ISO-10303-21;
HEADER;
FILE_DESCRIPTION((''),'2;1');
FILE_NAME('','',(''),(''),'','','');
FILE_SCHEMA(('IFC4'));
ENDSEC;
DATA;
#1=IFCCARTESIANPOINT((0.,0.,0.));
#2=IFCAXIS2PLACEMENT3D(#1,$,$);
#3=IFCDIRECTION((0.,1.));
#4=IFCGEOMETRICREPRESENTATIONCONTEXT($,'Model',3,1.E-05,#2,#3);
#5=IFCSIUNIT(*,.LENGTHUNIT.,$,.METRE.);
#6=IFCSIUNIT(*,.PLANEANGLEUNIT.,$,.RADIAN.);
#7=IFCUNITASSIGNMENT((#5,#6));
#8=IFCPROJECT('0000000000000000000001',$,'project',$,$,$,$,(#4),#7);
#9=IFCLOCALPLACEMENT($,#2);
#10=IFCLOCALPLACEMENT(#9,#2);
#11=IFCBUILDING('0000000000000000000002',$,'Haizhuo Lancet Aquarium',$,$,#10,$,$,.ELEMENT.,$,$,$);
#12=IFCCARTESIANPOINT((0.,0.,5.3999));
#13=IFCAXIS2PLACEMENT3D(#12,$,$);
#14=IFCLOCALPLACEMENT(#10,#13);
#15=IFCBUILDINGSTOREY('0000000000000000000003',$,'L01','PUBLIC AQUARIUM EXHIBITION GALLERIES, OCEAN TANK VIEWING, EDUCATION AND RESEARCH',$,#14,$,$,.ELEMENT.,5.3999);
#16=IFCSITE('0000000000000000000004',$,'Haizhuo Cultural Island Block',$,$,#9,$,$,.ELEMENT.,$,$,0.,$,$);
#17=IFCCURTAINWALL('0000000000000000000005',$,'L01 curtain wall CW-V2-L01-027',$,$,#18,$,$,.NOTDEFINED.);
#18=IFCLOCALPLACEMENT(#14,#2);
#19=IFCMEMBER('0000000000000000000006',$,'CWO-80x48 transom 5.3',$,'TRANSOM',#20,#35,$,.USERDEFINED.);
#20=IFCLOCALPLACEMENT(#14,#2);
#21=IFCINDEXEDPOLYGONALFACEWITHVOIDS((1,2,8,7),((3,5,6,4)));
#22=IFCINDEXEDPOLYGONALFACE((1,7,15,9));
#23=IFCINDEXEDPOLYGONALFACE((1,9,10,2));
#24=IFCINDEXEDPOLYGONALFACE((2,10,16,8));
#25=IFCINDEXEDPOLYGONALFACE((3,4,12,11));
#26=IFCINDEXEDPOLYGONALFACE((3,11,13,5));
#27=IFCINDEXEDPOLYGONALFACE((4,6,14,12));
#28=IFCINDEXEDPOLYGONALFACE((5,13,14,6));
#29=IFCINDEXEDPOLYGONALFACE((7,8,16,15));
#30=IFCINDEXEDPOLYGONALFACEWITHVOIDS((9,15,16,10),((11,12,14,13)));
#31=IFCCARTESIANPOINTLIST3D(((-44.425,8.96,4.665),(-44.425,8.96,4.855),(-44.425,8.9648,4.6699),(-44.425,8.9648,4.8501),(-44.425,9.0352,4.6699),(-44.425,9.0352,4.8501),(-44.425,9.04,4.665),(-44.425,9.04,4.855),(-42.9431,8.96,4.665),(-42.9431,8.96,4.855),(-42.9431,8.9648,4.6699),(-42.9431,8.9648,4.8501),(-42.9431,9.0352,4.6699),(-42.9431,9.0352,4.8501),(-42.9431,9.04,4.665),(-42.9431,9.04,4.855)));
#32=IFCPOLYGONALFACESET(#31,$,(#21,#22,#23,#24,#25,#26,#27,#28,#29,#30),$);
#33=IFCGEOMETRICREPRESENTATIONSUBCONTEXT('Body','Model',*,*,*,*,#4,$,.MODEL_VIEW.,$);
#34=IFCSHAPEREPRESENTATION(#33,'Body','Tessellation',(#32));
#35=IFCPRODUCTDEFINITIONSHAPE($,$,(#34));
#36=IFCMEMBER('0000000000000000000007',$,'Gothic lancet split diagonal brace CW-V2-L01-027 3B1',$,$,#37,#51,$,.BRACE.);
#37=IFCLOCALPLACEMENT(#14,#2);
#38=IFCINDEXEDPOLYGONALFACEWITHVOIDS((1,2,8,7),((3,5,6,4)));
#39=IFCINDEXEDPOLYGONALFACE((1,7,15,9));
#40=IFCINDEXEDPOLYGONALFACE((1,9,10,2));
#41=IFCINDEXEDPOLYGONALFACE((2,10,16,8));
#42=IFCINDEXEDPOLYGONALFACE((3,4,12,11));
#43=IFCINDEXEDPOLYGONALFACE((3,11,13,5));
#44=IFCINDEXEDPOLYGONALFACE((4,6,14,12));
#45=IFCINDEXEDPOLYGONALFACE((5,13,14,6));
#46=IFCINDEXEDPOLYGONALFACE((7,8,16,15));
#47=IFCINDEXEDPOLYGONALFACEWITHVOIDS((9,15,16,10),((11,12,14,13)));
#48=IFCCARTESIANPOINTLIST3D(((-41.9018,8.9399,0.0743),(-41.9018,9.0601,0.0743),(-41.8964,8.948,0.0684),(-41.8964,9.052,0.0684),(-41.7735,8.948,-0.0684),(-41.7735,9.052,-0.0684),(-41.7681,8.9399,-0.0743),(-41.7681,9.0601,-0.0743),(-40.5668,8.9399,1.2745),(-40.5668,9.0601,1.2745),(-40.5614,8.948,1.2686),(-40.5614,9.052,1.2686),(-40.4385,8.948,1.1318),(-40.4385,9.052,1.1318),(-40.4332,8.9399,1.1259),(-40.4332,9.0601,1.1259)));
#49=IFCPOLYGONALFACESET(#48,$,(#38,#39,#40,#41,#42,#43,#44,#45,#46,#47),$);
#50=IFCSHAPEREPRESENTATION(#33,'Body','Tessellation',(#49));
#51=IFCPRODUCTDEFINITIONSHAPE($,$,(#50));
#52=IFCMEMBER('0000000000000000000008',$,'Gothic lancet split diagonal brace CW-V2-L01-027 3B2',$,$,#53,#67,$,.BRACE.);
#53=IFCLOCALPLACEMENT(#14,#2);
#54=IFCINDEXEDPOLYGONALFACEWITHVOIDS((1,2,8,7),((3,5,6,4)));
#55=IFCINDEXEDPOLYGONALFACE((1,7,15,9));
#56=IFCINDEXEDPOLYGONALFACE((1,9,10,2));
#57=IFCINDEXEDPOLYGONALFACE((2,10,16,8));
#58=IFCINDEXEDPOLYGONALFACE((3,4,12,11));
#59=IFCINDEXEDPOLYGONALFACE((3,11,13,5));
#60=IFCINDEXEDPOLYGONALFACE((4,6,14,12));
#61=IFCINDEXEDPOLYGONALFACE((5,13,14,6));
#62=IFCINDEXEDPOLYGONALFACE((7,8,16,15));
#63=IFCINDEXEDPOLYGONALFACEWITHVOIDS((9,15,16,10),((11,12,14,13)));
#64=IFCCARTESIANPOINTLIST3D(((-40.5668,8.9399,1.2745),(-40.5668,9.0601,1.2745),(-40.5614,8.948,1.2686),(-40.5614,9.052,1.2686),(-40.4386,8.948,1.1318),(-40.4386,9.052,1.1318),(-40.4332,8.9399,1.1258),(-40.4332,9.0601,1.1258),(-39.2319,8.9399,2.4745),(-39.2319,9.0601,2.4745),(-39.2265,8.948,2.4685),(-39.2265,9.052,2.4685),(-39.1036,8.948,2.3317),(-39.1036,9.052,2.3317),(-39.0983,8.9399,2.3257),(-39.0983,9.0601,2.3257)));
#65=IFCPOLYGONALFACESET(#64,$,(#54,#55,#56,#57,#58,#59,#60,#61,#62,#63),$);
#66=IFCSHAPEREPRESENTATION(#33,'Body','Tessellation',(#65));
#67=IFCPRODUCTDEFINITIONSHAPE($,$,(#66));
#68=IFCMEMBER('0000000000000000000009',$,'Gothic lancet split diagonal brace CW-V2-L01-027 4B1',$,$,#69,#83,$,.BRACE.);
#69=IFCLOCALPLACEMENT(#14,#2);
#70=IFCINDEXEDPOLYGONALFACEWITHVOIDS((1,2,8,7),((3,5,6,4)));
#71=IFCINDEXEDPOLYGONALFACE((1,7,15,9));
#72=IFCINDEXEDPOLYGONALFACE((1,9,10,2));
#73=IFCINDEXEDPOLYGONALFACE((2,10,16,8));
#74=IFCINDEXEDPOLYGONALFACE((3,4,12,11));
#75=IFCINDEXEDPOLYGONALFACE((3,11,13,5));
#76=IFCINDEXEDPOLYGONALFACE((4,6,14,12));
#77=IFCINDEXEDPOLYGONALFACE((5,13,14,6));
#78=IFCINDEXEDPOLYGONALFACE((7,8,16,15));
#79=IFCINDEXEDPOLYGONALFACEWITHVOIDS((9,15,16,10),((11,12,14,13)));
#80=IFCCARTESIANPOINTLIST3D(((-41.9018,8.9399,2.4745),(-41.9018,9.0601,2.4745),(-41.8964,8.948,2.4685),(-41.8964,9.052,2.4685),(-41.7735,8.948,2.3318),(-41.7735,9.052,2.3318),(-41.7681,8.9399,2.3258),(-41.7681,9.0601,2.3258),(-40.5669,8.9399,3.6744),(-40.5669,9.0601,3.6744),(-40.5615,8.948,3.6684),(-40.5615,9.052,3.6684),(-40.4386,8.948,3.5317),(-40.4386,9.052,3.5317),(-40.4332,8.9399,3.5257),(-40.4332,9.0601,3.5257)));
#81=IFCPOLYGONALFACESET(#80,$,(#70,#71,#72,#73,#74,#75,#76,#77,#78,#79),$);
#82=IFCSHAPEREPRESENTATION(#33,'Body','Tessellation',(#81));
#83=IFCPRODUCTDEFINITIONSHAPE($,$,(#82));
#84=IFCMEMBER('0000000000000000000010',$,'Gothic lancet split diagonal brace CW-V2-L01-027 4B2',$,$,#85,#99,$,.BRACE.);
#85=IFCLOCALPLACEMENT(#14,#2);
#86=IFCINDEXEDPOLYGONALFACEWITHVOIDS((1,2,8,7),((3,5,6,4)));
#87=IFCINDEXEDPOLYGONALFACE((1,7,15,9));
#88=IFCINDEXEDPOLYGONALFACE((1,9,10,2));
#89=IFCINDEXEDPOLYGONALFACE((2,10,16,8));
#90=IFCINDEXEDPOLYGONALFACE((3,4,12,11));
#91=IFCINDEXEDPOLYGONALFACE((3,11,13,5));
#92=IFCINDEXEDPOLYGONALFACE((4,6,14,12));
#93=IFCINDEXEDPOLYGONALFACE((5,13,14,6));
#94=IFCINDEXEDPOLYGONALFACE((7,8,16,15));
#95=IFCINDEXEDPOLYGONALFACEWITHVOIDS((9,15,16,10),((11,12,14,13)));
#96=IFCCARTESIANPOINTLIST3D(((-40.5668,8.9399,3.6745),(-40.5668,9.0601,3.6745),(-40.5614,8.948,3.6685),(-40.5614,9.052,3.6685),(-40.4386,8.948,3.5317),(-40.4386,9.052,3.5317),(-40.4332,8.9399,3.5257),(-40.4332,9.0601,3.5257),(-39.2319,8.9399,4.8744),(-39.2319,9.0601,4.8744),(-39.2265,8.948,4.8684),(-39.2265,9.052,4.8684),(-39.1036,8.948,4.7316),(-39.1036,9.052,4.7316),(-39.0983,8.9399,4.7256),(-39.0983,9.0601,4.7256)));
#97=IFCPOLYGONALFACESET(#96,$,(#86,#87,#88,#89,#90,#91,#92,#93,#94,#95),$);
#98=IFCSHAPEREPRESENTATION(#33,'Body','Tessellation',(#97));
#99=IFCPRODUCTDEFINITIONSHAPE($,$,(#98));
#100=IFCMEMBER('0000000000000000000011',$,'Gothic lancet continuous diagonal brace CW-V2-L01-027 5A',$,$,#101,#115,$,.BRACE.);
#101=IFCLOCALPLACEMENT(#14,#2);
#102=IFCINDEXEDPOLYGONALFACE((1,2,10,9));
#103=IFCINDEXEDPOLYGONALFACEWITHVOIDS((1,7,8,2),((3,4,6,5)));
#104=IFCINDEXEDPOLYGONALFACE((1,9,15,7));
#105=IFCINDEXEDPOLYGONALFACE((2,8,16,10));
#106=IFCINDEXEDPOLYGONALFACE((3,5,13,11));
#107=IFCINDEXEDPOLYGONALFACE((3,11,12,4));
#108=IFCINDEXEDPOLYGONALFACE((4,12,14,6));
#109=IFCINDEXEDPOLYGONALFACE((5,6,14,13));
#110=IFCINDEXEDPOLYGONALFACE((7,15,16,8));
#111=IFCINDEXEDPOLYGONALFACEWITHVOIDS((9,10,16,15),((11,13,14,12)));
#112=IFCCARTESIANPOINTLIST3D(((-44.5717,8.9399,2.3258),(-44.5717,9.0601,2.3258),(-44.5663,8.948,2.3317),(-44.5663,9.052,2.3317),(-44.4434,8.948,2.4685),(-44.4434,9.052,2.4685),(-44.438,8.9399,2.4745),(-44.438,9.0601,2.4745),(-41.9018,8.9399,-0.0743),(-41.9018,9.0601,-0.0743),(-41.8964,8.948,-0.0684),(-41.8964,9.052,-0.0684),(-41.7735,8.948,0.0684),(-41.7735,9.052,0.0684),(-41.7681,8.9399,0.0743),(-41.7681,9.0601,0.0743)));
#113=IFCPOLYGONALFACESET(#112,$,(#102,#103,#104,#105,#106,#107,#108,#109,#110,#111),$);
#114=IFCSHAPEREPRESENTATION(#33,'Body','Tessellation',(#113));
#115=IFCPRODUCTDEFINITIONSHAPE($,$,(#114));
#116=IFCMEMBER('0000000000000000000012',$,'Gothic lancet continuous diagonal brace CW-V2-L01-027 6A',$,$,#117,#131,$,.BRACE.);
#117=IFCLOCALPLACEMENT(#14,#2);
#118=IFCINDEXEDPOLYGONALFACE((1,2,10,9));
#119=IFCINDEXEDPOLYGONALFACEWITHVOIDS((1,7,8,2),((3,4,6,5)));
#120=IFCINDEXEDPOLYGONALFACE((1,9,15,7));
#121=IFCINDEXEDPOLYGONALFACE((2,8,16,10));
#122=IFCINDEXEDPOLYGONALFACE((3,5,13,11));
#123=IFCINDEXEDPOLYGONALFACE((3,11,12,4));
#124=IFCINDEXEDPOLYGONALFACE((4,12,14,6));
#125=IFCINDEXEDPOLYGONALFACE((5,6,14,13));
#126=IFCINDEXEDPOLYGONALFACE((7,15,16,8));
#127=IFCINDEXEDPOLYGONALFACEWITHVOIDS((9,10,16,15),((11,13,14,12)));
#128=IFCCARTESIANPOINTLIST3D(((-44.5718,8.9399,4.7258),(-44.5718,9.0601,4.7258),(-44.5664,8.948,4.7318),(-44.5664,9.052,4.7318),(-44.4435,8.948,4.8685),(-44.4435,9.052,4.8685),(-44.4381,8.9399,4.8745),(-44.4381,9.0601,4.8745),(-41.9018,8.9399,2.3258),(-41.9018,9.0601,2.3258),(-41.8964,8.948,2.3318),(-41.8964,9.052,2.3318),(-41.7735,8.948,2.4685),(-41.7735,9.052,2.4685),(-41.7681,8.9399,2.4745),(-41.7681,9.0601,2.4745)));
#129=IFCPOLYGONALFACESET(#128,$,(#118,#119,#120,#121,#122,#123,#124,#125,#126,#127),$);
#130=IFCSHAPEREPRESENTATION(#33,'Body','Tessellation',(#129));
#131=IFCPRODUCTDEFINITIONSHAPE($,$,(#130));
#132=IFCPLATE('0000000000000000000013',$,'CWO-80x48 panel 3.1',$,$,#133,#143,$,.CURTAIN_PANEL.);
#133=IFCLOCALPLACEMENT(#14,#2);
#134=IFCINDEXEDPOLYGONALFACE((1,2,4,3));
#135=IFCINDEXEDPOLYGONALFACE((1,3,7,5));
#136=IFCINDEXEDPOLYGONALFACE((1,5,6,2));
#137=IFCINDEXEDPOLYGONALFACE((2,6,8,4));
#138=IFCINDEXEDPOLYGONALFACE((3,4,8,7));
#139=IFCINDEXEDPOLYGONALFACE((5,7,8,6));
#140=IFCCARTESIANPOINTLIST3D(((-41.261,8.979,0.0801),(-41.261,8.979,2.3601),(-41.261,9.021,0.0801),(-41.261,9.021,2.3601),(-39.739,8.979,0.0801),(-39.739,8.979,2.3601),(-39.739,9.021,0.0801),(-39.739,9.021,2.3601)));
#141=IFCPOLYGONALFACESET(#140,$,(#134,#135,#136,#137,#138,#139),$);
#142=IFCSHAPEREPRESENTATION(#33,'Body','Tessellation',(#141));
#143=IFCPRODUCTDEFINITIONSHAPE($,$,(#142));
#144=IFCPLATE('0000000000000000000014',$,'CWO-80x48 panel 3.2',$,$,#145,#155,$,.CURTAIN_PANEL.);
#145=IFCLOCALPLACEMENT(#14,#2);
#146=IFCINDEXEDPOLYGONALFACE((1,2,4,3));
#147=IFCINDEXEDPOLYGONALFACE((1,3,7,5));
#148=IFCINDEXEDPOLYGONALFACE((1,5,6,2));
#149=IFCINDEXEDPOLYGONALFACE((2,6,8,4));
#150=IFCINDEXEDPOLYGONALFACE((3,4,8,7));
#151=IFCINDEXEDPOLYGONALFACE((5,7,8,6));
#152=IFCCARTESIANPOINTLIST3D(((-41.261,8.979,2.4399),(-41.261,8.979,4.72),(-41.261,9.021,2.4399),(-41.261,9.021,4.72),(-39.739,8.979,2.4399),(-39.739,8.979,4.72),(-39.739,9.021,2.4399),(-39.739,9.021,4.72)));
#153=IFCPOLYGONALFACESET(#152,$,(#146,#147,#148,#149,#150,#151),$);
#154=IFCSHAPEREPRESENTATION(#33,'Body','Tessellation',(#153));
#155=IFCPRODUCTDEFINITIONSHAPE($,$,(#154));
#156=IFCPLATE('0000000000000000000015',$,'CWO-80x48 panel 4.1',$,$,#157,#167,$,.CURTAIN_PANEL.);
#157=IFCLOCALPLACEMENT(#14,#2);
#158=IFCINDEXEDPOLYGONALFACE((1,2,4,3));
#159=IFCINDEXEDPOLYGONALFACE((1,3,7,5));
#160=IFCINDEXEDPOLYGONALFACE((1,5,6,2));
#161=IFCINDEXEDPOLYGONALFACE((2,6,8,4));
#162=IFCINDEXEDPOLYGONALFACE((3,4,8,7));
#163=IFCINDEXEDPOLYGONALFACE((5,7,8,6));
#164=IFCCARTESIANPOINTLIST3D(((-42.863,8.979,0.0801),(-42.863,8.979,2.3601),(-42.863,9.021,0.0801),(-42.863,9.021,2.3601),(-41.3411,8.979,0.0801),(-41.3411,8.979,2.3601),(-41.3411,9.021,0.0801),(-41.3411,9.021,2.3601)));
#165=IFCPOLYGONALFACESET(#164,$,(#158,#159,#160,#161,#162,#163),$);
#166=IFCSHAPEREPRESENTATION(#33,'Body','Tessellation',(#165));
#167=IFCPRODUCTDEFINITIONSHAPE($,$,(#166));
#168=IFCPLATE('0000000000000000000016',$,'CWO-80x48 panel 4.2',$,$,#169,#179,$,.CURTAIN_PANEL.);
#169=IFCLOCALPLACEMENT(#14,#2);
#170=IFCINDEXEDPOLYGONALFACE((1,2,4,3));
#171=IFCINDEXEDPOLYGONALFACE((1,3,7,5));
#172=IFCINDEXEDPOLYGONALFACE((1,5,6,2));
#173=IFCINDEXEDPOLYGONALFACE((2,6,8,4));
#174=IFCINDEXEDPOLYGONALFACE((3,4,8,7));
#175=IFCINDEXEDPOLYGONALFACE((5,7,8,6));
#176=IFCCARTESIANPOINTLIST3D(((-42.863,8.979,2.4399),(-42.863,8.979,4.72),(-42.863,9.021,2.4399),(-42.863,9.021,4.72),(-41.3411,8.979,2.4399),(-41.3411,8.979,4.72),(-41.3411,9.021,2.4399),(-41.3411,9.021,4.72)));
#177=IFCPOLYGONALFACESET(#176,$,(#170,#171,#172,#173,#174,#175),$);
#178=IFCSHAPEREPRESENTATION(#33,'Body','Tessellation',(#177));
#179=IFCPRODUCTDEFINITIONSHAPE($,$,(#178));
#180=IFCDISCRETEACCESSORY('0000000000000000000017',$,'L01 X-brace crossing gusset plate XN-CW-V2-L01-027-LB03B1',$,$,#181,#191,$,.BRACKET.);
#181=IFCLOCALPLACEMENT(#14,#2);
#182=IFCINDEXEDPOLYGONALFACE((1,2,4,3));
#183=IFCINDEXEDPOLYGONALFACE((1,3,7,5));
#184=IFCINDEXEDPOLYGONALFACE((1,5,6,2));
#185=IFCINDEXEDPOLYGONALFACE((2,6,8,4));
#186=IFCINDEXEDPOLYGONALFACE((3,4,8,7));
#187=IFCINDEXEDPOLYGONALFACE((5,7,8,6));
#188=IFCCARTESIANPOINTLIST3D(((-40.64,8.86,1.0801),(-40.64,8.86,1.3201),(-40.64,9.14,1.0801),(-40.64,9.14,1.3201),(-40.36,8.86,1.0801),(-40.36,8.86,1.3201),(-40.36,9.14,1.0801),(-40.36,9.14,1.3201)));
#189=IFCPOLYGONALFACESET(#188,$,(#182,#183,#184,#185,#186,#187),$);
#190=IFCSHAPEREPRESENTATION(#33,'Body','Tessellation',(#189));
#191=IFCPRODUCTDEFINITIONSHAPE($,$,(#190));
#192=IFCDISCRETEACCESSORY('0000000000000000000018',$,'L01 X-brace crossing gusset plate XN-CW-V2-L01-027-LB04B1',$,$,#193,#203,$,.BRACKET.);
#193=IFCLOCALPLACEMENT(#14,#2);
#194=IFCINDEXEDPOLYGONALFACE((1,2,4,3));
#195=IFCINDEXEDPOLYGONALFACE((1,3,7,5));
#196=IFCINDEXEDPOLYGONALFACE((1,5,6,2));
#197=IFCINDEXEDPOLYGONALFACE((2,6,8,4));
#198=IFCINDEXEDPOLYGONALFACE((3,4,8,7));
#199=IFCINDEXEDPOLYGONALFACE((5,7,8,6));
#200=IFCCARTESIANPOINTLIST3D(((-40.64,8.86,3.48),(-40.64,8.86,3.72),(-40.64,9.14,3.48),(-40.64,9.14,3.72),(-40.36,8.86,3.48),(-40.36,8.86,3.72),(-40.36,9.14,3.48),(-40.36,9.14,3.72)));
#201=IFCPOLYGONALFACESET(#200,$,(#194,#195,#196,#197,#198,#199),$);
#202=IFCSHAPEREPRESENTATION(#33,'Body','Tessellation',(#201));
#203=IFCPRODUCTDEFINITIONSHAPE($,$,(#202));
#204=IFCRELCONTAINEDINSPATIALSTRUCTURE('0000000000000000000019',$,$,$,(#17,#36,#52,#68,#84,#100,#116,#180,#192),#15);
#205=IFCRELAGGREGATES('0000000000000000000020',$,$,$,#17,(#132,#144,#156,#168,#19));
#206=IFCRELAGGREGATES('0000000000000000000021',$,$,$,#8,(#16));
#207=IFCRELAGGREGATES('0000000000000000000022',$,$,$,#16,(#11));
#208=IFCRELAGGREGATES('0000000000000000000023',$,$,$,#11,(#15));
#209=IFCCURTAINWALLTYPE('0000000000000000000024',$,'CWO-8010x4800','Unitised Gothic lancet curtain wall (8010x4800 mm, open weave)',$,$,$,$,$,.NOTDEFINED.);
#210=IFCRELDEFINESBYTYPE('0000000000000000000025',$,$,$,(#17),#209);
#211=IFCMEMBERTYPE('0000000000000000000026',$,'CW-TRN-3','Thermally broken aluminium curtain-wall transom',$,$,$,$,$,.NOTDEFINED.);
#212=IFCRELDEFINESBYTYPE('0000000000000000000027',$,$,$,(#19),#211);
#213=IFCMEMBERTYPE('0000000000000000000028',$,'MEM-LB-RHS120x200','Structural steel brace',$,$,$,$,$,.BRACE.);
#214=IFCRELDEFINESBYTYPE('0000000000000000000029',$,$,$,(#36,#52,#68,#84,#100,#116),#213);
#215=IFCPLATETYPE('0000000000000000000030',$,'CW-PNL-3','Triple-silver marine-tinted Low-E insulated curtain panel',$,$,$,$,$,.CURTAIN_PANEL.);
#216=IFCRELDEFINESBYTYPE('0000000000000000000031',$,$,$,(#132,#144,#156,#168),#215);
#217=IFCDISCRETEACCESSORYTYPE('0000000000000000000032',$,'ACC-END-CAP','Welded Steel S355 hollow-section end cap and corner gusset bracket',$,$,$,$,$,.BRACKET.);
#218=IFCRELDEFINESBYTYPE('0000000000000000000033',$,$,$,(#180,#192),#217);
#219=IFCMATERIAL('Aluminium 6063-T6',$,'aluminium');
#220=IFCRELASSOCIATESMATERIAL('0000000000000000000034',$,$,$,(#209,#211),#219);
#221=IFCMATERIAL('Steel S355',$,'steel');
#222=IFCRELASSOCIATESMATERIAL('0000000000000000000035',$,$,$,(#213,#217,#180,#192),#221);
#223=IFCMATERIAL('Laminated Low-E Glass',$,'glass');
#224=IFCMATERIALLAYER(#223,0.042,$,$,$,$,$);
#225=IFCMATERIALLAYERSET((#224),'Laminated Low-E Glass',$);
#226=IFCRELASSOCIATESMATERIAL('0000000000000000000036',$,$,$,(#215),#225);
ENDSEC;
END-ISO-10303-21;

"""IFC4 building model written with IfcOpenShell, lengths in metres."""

from ifc_helpers import new_model, si_unit, direction, frame, origin, origin_2d, place, context, subcontext, project, spatial, rectangle, hollow_rectangle, extrude, material, layer, layer_set, material_profile, profile_set, type_object, element, aggregate, save


model = new_model("IFC4")

# Units and contexts
model_context = context("Model", 3, precision=1e-05, world=origin(), true_north=direction((0.0, 1.0)))
body_context = subcontext(model_context, "Body", "Model", "MODEL_VIEW")
ifc_project = project(units=[si_unit("LENGTHUNIT", "METRE"), si_unit("PLANEANGLEUNIT", "RADIAN")], contexts=[model_context])

# Site, building, storey
site_placement = place(None, origin())
site = spatial("IfcSite", under=ifc_project, at=site_placement, Name="Haizhuo Cultural Island Block", CompositionType="ELEMENT", RefElevation=0.0)
building_placement = place(site_placement, origin())
building = spatial("IfcBuilding", under=site, at=building_placement, Name="Haizhuo Lancet Aquarium", CompositionType="ELEMENT")
storey_placement = place(building_placement, frame((0.0, 0.0, 5.3999)))
storey = spatial("IfcBuildingStorey", under=building, at=storey_placement, Name="L01", Description="PUBLIC AQUARIUM EXHIBITION GALLERIES, OCEAN TANK VIEWING, EDUCATION AND RESEARCH", CompositionType="ELEMENT", Elevation=5.3999)

# Curtain wall, member
ifc_material_1 = material(Name="Aluminium 6063-T6", Category="aluminium")
curtain_wall_type = type_object("IfcCurtainWallType", Name="CWO-8010x4800", Description="Unitised Gothic lancet curtain wall (8010x4800 mm, open weave)", PredefinedType="NOTDEFINED", material=ifc_material_1)
curtain_wall_placement = place(storey_placement, origin())
curtain_wall = element("IfcCurtainWall", 1, at=curtain_wall_placement, inside=storey, type_object=curtain_wall_type, Name="L01 curtain wall CW-V2-L01-027", PredefinedType="NOTDEFINED")
ifc_material_profile_1 = material_profile(ifc_material_1, hollow_rectangle(XDim=0.0801, YDim=0.1899, WallThickness=0.0049, at=origin_2d()), Name="ALU-T 80x190x5")
ifc_profile_set_1 = profile_set([ifc_material_profile_1], Name="Aluminium 6063-T6")
member_type_1 = type_object("IfcMemberType", Name="CW-TRN-3", Description="Thermally broken aluminium curtain-wall transom", PredefinedType="NOTDEFINED", material=ifc_profile_set_1)
member_1_placement = place(storey_placement, frame((-42.9431, 9.0, 4.76), z_axis=(-1.0, 0.0, 0.0), x_axis=(0.0, -1.0, 0.0)))
member_1 = element("IfcMember", 2, at=member_1_placement, type_object=member_type_1, Name="CWO-80x48 transom 5.3", ObjectType="TRANSOM", PredefinedType="USERDEFINED", context=body_context, shape_type="SweptSolid", body=[
    extrude(hollow_rectangle(XDim=0.0801, YDim=0.1899, WallThickness=0.0049, at=origin_2d()), origin(), (0.0, 0.0, 1.0), 1.4819),
])

# Members
ifc_material_2 = material(Name="Steel S355", Category="steel")
ifc_material_profile_2 = material_profile(ifc_material_2, hollow_rectangle(XDim=0.1201, YDim=0.2, WallThickness=0.0081, at=origin_2d()), Name="RHS 120x200x8")
ifc_profile_set_2 = profile_set([ifc_material_profile_2], Name="Steel S355")
member_type_2 = type_object("IfcMemberType", Name="MEM-LB-RHS120x200", Description="Structural steel brace", PredefinedType="BRACE", material=ifc_profile_set_2)
member_2_placement = place(storey_placement, frame((-41.835, 9.0, 0.0), z_axis=(0.743646, 0.0, 0.668574), x_axis=(0.0, 1.0, 0.0)))
element("IfcMember", 3, at=member_2_placement, inside=storey, type_object=member_type_2, Name="Gothic lancet split diagonal brace CW-V2-L01-027 3B1", PredefinedType="BRACE", context=body_context, shape_type="SweptSolid", body=[
    extrude(hollow_rectangle(XDim=0.1201, YDim=0.2, WallThickness=0.0081, at=origin_2d()), origin(), (0.0, 0.0, 1.0), 1.7952),
])
for number, where, z_axis, x_axis, name in (
    (4, (-40.5, 9.0, 1.2002), (0.743713, 0.0, 0.668499), (0.0, 1.0, 0.0), "Gothic lancet split diagonal brace CW-V2-L01-027 3B2"),
    (5, (-41.835, 9.0, 2.4001), (0.743713, 0.0, 0.668499), (0.0, 1.0, 0.0), "Gothic lancet split diagonal brace CW-V2-L01-027 4B1"),
    (6, (-40.5, 9.0, 3.6001), (0.743713, 0.0, 0.668499), (0.0, 1.0, 0.0), "Gothic lancet split diagonal brace CW-V2-L01-027 4B2"),
):
    element("IfcMember", number, at=place(storey_placement, frame(where, z_axis=z_axis, x_axis=x_axis)), inside=storey, type_object=member_type_2, Name=name, PredefinedType="BRACE", context=body_context, shape_type="SweptSolid", body=[
        extrude(hollow_rectangle(XDim=0.1201, YDim=0.2, WallThickness=0.0081, at=origin_2d()), origin(), (0.0, 0.0, 1.0), 1.7949),
    ])
for number, where, z_axis, x_axis, name in (
    (7, (-41.835, 9.0, 0.0), (-0.743679, 0.0, 0.668536), (0.0, -1.0, 0.0), "Gothic lancet continuous diagonal brace CW-V2-L01-027 5A"),
    (8, (-41.835, 9.0, 2.4001), (-0.743713, 0.0, 0.668499), (0.0, -1.0, 0.0), "Gothic lancet continuous diagonal brace CW-V2-L01-027 6A"),
):
    element("IfcMember", number, at=place(storey_placement, frame(where, z_axis=z_axis, x_axis=x_axis)), inside=storey, type_object=member_type_2, Name=name, PredefinedType="BRACE", context=body_context, shape_type="SweptSolid", body=[
        extrude(hollow_rectangle(XDim=0.1201, YDim=0.2, WallThickness=0.0081, at=origin_2d()), origin(), (0.0, 0.0, 1.0), 3.5901),
    ])

# Plates
ifc_material_3 = material(Name="Laminated Low-E Glass", Category="glass")
ifc_layer = layer(ifc_material_3, 0.042)
ifc_layer_set = layer_set([ifc_layer], Name="Laminated Low-E Glass")
plate_type = type_object("IfcPlateType", Name="CW-PNL-3", Description="Triple-silver marine-tinted Low-E insulated curtain panel", PredefinedType="CURTAIN_PANEL", material=ifc_layer_set)
plate_1_placement = place(storey_placement, frame((-40.5, 9.0, 0.0801), z_axis=(0.0, 0.0, 1.0), x_axis=(-1.0, 0.0, 0.0)))
plate_1 = element("IfcPlate", 9, at=plate_1_placement, type_object=plate_type, Name="CWO-80x48 panel 3.1", PredefinedType="CURTAIN_PANEL", context=body_context, shape_type="SweptSolid", body=[
    extrude(rectangle(XDim=1.522, YDim=0.042, at=origin_2d()), origin(), (0.0, 0.0, 1.0), 2.28),
])
plate_2_placement = place(storey_placement, frame((-40.5, 9.0, 2.4399), z_axis=(0.0, 0.0, 1.0), x_axis=(-1.0, 0.0, 0.0)))
plate_2 = element("IfcPlate", 10, at=plate_2_placement, type_object=plate_type, Name="CWO-80x48 panel 3.2", PredefinedType="CURTAIN_PANEL", context=body_context, shape_type="SweptSolid", body=[
    extrude(rectangle(XDim=1.522, YDim=0.042, at=origin_2d()), origin(), (0.0, 0.0, 1.0), 2.28),
])
plate_3_placement = place(storey_placement, frame((-42.1021, 9.0, 0.0801), z_axis=(0.0, 0.0, 1.0), x_axis=(-1.0, 0.0, 0.0)))
plate_3 = element("IfcPlate", 11, at=plate_3_placement, type_object=plate_type, Name="CWO-80x48 panel 4.1", PredefinedType="CURTAIN_PANEL", context=body_context, shape_type="SweptSolid", body=[
    extrude(rectangle(XDim=1.522, YDim=0.042, at=origin_2d()), origin(), (0.0, 0.0, 1.0), 2.28),
])
plate_4_placement = place(storey_placement, frame((-42.1021, 9.0, 2.4399), z_axis=(0.0, 0.0, 1.0), x_axis=(-1.0, 0.0, 0.0)))
plate_4 = element("IfcPlate", 12, at=plate_4_placement, type_object=plate_type, Name="CWO-80x48 panel 4.2", PredefinedType="CURTAIN_PANEL", context=body_context, shape_type="SweptSolid", body=[
    extrude(rectangle(XDim=1.522, YDim=0.042, at=origin_2d()), origin(), (0.0, 0.0, 1.0), 2.28),
])
aggregate(curtain_wall, [plate_1, plate_2, plate_3, plate_4, member_1])

# Discrete accessories
discrete_accessory_type = type_object("IfcDiscreteAccessoryType", Name="ACC-END-CAP", Description="Welded Steel S355 hollow-section end cap and corner gusset bracket", PredefinedType="BRACKET", material=ifc_material_2)
for number, where, z_axis, x_axis, name in (
    (13, (-40.5, 9.0, 1.0801), (0.0, 0.0, 1.0), (1.0, 0.0, 0.0), "L01 X-brace crossing gusset plate XN-CW-V2-L01-027-LB03B1"),
    (14, (-40.5, 9.0, 3.48), (0.0, 0.0, 1.0), (1.0, 0.0, 0.0), "L01 X-brace crossing gusset plate XN-CW-V2-L01-027-LB04B1"),
):
    element("IfcDiscreteAccessory", number, at=place(storey_placement, frame(where, z_axis=z_axis, x_axis=x_axis)), inside=storey, type_object=discrete_accessory_type, material=ifc_material_2, Name=name, PredefinedType="BRACKET", context=body_context, shape_type="SweptSolid", body=[
        extrude(rectangle(XDim=0.28, YDim=0.28, at=origin_2d()), origin(), (0.0, 0.0, 1.0), 0.24),
    ])

save(model, "model.ifc")
